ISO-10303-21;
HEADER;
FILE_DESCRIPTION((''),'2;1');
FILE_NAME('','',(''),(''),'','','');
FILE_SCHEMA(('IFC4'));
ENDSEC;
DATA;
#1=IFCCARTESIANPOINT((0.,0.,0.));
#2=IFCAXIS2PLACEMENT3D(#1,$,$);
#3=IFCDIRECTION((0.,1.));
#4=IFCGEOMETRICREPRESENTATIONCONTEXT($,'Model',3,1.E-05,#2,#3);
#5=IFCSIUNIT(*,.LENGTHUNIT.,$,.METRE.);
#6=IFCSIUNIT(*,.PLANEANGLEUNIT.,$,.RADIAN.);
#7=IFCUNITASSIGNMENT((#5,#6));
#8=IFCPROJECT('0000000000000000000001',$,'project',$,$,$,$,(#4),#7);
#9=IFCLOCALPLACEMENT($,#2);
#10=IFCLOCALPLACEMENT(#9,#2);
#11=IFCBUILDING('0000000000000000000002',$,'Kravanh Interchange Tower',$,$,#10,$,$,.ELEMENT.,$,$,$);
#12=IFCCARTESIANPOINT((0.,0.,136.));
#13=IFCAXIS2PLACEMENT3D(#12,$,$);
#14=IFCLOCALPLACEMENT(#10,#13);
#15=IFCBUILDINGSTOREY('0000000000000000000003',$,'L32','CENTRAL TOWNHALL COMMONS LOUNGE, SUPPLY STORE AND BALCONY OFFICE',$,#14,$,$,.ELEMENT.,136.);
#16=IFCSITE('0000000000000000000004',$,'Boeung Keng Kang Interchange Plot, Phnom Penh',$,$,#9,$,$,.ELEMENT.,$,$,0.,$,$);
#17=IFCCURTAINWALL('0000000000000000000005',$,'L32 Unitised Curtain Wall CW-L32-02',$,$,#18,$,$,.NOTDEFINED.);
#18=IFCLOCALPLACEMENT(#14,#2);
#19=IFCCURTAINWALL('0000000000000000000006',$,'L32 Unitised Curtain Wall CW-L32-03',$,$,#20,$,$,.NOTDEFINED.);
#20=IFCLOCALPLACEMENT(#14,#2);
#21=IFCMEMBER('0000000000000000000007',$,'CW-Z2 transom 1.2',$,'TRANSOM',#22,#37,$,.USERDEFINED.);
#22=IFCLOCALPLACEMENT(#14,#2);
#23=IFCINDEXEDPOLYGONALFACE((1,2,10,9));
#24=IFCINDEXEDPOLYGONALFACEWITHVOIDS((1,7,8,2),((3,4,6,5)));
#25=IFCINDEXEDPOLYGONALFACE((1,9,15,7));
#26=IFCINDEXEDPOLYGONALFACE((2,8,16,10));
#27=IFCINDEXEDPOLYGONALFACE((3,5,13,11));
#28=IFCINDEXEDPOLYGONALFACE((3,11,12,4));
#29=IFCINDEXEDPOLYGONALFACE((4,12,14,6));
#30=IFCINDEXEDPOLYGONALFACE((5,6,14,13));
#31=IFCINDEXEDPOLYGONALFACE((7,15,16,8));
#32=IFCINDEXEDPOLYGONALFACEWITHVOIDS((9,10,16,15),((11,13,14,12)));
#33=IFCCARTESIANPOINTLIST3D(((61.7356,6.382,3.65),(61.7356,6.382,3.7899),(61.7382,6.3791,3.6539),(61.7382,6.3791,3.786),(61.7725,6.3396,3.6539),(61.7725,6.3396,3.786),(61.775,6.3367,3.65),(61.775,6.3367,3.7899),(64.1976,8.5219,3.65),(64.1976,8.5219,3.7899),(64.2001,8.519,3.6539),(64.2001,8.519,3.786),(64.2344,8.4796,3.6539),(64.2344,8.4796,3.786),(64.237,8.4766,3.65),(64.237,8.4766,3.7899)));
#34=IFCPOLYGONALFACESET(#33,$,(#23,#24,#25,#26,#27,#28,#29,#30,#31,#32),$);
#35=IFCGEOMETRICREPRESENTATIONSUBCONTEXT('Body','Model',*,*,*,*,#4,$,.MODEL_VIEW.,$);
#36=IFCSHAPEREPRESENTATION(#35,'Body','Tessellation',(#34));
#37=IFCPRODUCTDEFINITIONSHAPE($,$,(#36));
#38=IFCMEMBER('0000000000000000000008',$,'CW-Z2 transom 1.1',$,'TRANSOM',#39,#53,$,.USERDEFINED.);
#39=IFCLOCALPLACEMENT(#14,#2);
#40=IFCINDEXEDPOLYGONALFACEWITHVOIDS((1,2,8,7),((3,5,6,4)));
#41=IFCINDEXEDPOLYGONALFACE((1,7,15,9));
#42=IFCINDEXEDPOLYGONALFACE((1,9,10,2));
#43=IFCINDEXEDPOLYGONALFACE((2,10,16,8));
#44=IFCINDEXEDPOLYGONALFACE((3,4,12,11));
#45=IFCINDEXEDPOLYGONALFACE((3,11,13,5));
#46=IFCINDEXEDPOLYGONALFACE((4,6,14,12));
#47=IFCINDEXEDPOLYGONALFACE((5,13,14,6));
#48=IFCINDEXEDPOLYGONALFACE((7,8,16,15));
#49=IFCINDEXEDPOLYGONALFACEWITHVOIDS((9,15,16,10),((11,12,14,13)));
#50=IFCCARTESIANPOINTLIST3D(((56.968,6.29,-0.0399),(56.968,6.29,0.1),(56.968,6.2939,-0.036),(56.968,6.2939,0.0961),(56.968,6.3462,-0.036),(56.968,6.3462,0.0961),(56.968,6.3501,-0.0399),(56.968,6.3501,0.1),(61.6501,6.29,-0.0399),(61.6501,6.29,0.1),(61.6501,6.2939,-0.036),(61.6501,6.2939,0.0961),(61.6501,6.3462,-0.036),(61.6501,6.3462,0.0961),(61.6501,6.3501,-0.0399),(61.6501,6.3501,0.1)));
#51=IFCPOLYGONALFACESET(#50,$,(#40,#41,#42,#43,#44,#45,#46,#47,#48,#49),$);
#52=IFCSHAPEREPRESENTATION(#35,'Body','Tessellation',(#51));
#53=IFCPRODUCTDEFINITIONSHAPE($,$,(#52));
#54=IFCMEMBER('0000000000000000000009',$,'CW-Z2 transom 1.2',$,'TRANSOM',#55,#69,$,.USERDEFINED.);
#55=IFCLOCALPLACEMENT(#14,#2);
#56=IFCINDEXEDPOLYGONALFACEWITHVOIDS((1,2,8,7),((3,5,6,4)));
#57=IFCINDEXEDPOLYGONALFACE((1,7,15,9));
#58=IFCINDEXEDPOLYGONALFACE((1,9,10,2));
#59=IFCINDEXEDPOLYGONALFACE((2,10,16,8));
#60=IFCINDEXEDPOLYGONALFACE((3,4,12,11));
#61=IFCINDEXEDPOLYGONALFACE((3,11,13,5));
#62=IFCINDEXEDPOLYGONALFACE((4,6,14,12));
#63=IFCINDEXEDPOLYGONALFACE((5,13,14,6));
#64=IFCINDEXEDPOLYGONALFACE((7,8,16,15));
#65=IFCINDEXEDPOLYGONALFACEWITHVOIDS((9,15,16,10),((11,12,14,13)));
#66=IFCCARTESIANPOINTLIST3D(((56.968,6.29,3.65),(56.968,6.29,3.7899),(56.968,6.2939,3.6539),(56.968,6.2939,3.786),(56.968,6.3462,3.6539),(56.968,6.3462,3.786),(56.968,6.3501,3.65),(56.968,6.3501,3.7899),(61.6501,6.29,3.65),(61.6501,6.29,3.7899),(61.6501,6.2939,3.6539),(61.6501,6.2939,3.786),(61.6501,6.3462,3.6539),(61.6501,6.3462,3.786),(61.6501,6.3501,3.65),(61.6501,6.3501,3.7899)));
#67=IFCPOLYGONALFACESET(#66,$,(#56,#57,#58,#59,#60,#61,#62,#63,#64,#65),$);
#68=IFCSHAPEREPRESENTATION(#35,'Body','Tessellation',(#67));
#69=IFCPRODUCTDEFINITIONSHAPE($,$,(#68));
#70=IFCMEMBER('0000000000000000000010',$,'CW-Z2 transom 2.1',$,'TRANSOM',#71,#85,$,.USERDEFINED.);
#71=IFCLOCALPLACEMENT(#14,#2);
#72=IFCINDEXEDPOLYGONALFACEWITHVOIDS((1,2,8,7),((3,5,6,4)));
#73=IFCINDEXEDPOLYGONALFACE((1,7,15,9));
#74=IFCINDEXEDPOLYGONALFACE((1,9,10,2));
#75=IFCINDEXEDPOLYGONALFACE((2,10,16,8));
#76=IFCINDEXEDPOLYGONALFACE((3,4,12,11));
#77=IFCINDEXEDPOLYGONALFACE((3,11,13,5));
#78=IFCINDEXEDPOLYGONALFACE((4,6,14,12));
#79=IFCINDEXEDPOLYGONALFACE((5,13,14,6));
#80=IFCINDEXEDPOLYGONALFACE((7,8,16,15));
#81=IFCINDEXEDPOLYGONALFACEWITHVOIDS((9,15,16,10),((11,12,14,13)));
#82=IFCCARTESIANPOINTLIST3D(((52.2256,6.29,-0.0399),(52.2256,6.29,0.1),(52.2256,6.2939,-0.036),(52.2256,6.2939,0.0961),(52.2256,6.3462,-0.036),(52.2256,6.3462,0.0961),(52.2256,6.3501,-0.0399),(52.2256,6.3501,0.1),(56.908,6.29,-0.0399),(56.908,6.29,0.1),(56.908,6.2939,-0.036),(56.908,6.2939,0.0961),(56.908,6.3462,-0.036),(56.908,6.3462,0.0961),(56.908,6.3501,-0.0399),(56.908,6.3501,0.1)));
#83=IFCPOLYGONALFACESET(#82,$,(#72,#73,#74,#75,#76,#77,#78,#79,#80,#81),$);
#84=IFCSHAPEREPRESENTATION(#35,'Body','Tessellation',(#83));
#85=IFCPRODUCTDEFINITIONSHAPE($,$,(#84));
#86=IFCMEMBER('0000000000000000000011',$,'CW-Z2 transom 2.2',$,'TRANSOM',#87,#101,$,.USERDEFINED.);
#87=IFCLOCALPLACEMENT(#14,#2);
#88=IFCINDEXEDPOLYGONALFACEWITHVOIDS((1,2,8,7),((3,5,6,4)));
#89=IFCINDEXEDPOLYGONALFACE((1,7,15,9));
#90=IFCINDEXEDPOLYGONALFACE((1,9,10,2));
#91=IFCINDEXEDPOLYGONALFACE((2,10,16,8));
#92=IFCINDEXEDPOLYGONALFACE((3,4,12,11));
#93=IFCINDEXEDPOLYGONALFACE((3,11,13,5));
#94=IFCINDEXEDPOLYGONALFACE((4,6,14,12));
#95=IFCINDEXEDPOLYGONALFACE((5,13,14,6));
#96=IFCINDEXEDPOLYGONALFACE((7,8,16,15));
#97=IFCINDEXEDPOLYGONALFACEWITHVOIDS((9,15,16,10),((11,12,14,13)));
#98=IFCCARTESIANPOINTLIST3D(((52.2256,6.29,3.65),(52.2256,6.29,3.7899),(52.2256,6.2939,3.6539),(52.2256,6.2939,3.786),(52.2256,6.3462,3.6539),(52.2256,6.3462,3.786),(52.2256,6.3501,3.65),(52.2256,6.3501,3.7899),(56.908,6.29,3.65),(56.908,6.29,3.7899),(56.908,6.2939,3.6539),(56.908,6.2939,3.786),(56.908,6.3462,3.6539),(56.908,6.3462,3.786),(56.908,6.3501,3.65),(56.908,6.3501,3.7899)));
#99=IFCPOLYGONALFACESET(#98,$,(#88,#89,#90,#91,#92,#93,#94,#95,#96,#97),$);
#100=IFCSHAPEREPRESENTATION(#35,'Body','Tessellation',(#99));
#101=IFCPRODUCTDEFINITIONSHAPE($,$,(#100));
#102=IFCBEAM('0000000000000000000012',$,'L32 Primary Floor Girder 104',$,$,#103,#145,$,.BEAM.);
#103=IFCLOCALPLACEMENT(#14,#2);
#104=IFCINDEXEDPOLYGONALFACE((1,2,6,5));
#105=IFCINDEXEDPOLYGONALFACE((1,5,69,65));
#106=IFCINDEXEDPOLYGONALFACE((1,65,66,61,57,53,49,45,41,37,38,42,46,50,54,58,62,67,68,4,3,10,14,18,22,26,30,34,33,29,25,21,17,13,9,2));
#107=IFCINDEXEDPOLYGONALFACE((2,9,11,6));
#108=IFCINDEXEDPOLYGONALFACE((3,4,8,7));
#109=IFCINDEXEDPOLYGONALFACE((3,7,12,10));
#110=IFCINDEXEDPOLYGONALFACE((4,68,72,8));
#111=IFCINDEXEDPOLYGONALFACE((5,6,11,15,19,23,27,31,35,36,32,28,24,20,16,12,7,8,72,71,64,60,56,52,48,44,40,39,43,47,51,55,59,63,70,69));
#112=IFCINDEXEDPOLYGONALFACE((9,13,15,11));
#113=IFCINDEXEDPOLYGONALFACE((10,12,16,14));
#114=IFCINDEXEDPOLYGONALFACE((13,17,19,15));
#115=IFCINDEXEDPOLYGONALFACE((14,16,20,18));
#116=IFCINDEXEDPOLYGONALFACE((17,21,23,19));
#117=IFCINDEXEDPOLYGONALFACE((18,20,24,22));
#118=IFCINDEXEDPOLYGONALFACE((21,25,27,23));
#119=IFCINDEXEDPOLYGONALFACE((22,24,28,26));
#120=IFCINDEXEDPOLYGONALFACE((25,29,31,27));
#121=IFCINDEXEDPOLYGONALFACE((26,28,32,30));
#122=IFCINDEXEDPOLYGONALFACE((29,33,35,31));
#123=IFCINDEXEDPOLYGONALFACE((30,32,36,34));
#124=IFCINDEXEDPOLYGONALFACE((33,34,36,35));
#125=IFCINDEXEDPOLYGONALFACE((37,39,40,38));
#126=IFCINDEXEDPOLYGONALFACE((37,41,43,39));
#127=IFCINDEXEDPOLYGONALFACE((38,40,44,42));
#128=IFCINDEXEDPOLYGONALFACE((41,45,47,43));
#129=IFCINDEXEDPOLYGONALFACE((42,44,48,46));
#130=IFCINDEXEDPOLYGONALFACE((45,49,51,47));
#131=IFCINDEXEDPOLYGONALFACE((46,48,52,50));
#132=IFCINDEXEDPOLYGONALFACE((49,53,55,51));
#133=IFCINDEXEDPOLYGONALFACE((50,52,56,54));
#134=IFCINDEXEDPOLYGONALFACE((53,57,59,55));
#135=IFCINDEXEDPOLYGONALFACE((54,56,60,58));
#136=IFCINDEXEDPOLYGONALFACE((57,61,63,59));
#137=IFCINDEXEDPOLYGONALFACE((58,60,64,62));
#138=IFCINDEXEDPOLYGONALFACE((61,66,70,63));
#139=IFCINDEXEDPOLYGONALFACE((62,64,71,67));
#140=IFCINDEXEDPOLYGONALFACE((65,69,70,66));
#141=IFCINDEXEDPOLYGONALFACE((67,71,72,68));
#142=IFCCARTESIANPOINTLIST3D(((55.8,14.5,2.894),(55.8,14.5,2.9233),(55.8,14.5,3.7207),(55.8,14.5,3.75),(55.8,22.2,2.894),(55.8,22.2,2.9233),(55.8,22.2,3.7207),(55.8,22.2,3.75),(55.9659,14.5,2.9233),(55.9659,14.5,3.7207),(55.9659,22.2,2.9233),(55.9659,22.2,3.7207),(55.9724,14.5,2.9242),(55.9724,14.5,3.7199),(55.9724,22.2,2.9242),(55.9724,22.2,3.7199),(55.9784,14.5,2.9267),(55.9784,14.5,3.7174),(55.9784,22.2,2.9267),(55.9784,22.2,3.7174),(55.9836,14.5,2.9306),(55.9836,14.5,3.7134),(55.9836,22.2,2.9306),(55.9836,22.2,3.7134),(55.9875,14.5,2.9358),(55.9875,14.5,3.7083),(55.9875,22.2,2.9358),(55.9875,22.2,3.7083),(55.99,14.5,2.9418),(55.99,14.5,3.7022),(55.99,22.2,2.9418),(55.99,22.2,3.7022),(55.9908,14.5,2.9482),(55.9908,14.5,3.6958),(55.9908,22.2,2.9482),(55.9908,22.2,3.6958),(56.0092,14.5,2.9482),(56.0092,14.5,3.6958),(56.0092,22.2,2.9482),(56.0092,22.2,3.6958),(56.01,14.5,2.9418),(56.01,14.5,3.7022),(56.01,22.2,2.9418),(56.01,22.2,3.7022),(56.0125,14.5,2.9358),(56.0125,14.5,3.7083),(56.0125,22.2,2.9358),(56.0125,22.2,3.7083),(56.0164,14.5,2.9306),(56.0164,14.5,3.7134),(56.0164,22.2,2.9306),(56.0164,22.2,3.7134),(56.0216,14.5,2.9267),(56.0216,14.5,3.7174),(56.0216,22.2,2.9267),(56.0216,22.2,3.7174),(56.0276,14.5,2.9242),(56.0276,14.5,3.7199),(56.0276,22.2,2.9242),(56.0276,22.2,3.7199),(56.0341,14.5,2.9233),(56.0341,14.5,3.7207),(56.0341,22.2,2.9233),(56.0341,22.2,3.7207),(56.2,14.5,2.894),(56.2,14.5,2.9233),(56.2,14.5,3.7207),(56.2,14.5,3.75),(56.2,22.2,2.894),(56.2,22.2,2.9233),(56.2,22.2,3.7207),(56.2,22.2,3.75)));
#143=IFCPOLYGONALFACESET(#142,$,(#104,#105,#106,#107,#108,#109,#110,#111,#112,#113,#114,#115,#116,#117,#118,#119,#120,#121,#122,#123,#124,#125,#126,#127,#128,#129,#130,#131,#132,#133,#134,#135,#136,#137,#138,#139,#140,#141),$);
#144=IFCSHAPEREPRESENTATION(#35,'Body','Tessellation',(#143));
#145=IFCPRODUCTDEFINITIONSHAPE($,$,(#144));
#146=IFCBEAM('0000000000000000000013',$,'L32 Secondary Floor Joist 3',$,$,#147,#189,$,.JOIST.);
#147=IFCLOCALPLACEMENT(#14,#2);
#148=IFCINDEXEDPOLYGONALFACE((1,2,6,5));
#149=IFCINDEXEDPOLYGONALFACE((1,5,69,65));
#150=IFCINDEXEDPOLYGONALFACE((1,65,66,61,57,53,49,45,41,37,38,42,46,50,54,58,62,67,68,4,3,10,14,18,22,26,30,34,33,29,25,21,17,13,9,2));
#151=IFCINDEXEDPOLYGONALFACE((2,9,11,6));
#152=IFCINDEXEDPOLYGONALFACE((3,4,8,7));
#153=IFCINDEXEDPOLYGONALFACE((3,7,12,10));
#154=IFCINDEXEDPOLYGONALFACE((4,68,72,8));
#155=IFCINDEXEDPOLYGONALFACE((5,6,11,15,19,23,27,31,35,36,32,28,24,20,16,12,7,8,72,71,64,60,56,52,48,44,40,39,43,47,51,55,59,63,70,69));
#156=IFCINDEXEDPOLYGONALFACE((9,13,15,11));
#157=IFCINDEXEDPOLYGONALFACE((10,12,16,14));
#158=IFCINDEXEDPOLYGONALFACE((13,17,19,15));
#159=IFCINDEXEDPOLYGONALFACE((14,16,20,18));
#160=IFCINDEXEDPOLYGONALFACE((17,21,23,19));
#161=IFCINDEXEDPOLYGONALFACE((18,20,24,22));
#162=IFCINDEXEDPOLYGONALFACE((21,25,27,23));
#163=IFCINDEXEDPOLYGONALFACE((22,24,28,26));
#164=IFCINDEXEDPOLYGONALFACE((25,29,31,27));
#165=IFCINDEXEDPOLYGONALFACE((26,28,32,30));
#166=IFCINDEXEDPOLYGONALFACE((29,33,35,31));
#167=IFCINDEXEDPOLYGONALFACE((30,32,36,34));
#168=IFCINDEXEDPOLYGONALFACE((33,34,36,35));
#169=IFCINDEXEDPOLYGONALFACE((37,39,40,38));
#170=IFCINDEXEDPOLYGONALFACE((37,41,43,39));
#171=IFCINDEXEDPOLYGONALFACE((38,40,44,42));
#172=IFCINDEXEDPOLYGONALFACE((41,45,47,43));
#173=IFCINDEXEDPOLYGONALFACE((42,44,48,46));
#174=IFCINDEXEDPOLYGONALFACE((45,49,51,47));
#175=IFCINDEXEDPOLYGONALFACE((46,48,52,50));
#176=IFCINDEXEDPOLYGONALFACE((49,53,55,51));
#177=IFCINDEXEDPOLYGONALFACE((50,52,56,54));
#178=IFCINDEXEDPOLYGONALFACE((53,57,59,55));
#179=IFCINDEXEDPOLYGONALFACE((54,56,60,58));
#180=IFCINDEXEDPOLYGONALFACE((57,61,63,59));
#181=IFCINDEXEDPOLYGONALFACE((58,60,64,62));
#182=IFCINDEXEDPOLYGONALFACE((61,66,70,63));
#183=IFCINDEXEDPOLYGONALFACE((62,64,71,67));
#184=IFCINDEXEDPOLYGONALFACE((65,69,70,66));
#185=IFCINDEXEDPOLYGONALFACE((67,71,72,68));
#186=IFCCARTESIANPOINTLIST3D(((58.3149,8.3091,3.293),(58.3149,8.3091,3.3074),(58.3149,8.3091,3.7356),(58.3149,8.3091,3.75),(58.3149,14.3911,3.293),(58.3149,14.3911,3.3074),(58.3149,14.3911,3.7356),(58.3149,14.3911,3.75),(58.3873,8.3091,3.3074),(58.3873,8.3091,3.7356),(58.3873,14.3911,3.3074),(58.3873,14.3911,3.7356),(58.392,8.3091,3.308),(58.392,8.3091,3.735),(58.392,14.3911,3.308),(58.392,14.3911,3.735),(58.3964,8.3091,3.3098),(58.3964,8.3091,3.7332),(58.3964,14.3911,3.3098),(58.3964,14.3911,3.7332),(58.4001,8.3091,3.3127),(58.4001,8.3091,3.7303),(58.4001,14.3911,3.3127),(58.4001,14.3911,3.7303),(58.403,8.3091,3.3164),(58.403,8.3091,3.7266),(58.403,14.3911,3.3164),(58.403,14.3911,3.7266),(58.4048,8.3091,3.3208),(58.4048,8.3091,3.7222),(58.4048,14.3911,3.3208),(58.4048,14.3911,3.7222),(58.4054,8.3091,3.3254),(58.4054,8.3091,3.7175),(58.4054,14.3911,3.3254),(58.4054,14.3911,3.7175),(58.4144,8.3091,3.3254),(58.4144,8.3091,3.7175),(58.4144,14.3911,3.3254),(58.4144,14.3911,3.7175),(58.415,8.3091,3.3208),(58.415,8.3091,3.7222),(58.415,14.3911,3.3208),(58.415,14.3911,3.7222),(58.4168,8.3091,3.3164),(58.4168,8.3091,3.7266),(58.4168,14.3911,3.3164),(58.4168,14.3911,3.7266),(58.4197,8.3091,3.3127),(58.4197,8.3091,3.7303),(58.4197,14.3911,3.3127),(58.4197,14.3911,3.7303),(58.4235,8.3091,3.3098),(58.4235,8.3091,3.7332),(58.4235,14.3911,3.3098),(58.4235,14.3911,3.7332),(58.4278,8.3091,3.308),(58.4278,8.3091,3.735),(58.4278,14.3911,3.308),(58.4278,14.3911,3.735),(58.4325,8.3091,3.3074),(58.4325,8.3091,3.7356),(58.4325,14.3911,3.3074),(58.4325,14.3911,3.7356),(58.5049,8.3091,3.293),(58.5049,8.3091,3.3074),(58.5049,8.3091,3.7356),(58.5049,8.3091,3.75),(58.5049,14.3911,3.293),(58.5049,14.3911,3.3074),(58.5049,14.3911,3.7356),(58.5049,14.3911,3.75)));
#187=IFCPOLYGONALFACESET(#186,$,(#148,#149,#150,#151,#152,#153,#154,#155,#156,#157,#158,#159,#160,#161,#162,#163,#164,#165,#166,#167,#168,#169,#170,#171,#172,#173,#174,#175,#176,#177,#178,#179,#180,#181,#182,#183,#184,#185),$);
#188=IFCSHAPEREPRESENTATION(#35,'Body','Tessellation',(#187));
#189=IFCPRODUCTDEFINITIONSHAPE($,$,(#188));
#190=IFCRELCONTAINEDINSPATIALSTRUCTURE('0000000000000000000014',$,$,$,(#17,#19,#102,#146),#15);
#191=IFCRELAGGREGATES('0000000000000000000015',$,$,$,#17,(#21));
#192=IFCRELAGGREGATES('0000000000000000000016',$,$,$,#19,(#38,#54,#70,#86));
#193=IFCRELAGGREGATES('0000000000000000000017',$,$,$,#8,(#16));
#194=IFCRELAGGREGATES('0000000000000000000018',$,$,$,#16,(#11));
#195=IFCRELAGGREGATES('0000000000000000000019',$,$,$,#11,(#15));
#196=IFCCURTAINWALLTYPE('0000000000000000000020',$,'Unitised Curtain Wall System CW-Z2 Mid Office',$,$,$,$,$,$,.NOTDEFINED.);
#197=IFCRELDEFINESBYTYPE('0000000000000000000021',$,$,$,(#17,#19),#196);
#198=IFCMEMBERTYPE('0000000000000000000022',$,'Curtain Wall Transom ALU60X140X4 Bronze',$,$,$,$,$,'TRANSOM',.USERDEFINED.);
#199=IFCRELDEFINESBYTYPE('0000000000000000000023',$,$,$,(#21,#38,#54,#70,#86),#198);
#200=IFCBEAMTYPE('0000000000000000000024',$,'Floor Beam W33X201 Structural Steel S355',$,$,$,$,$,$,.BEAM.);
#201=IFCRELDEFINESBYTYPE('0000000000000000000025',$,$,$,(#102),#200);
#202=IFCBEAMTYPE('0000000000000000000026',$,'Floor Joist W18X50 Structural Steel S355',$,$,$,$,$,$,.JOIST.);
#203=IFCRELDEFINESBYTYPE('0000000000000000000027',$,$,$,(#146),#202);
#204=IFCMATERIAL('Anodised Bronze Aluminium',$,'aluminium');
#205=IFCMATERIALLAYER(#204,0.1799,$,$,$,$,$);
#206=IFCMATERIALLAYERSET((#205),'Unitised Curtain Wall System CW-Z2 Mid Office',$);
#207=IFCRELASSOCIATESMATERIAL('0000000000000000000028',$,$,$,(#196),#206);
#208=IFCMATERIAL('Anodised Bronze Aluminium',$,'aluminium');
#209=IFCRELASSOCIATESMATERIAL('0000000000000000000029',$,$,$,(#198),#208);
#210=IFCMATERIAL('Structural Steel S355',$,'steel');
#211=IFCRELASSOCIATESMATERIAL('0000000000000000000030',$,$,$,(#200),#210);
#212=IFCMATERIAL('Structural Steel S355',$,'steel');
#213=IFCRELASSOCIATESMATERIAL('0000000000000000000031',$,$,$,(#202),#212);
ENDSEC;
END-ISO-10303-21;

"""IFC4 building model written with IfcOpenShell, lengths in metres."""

from ifc_helpers import new_model, si_unit, direction, frame, origin, origin_2d, place, context, subcontext, project, spatial, hollow_rectangle, i_section, extrude, material, layer, layer_set, material_profile, profile_set, type_object, element, aggregate, save


model = new_model("IFC4")

# Units and contexts
model_context = context("Model", 3, precision=1e-05, world=origin(), true_north=direction((0.0, 1.0)))
body_context = subcontext(model_context, "Body", "Model", "MODEL_VIEW")
ifc_project = project(units=[si_unit("LENGTHUNIT", "METRE"), si_unit("PLANEANGLEUNIT", "RADIAN")], contexts=[model_context])

# Site, building, storey
site_placement = place(None, origin())
site = spatial("IfcSite", under=ifc_project, at=site_placement, Name="Boeung Keng Kang Interchange Plot, Phnom Penh", CompositionType="ELEMENT", RefElevation=0.0)
building_placement = place(site_placement, origin())
building = spatial("IfcBuilding", under=site, at=building_placement, Name="Kravanh Interchange Tower", CompositionType="ELEMENT")
storey_placement = place(building_placement, frame((0.0, 0.0, 136.0)))
storey = spatial("IfcBuildingStorey", under=building, at=storey_placement, Name="L32", Description="CENTRAL TOWNHALL COMMONS LOUNGE, SUPPLY STORE AND BALCONY OFFICE", CompositionType="ELEMENT", Elevation=136.0)

# Curtain walls
ifc_material_1 = material(Name="Anodised Bronze Aluminium", Category="aluminium")
ifc_layer_1 = layer(ifc_material_1, 0.1799)
ifc_layer_set_1 = layer_set([ifc_layer_1], Name="Unitised Curtain Wall System CW-Z2 Mid Office")
curtain_wall_type = type_object("IfcCurtainWallType", Name="Unitised Curtain Wall System CW-Z2 Mid Office", PredefinedType="NOTDEFINED", material=ifc_layer_set_1)
curtain_wall_1_placement = place(storey_placement, origin())
curtain_wall_1 = element("IfcCurtainWall", 1, at=curtain_wall_1_placement, inside=storey, type_object=curtain_wall_type, Name="L32 Unitised Curtain Wall CW-L32-02", PredefinedType="NOTDEFINED")
curtain_wall_2_placement = place(storey_placement, origin())
curtain_wall_2 = element("IfcCurtainWall", 2, at=curtain_wall_2_placement, inside=storey, type_object=curtain_wall_type, Name="L32 Unitised Curtain Wall CW-L32-03", PredefinedType="NOTDEFINED")

# Members
ifc_material_2 = material(Name="Anodised Bronze Aluminium", Category="aluminium")
ifc_material_profile_1 = material_profile(ifc_material_2, hollow_rectangle(XDim=0.0601, YDim=0.1399, WallThickness=0.0039, at=origin_2d()), Name="ALU60X140X4")
ifc_profile_set_1 = profile_set([ifc_material_profile_1], Name="Anodised Bronze Aluminium")
member_type_1 = type_object("IfcMemberType", Name="Curtain Wall Transom ALU60X140X4 Bronze", ElementType="TRANSOM", PredefinedType="USERDEFINED", material=ifc_profile_set_1)
member_1_placement = place(storey_placement, frame((64.2173, 8.4993, 3.72), z_axis=(-0.754742, -0.656021, 0.0), x_axis=(0.656021, -0.754742, 0.0)))
member_1 = element("IfcMember", 3, at=member_1_placement, type_object=member_type_1, Name="CW-Z2 transom 1.2", ObjectType="TRANSOM", PredefinedType="USERDEFINED", context=body_context, shape_type="SweptSolid", body=[
    extrude(hollow_rectangle(XDim=0.0601, YDim=0.1399, WallThickness=0.0039, at=origin_2d()), origin(), (0.0, 0.0, 1.0), 3.262),
])
member_2_placement = place(storey_placement, frame((61.6501, 6.3201, 0.03), z_axis=(-1.0, 0.0, 0.0), x_axis=(0.0, -1.0, 0.0)))
member_2 = element("IfcMember", 4, at=member_2_placement, type_object=member_type_1, Name="CW-Z2 transom 1.1", ObjectType="TRANSOM", PredefinedType="USERDEFINED", context=body_context, shape_type="SweptSolid", body=[
    extrude(hollow_rectangle(XDim=0.0601, YDim=0.1399, WallThickness=0.0039, at=origin_2d()), origin(), (0.0, 0.0, 1.0), 4.6821),
])
member_3_placement = place(storey_placement, frame((61.6501, 6.3201, 3.72), z_axis=(-1.0, 0.0, 0.0), x_axis=(0.0, -1.0, 0.0)))
member_3 = element("IfcMember", 5, at=member_3_placement, type_object=member_type_1, Name="CW-Z2 transom 1.2", ObjectType="TRANSOM", PredefinedType="USERDEFINED", context=body_context, shape_type="SweptSolid", body=[
    extrude(hollow_rectangle(XDim=0.0601, YDim=0.1399, WallThickness=0.0039, at=origin_2d()), origin(), (0.0, 0.0, 1.0), 4.6821),
])
member_4_placement = place(storey_placement, frame((56.908, 6.3201, 0.03), z_axis=(-1.0, 0.0, 0.0), x_axis=(0.0, -1.0, 0.0)))
member_4 = element("IfcMember", 6, at=member_4_placement, type_object=member_type_1, Name="CW-Z2 transom 2.1", ObjectType="TRANSOM", PredefinedType="USERDEFINED", context=body_context, shape_type="SweptSolid", body=[
    extrude(hollow_rectangle(XDim=0.0601, YDim=0.1399, WallThickness=0.0039, at=origin_2d()), origin(), (0.0, 0.0, 1.0), 4.6824),
])
member_5_placement = place(storey_placement, frame((56.908, 6.3201, 3.72), z_axis=(-1.0, 0.0, 0.0), x_axis=(0.0, -1.0, 0.0)))
member_5 = element("IfcMember", 7, at=member_5_placement, type_object=member_type_1, Name="CW-Z2 transom 2.2", ObjectType="TRANSOM", PredefinedType="USERDEFINED", context=body_context, shape_type="SweptSolid", body=[
    extrude(hollow_rectangle(XDim=0.0601, YDim=0.1399, WallThickness=0.0039, at=origin_2d()), origin(), (0.0, 0.0, 1.0), 4.6824),
])

# Beams
ifc_material_3 = material(Name="Structural Steel S355", Category="steel")
ifc_material_profile_2 = material_profile(ifc_material_3, i_section(OverallWidth=0.3999, OverallDepth=0.856, WebThickness=0.0183, FlangeThickness=0.0293, FilletRadius=0.0249, at=origin_2d()), Name="W33X201")
ifc_profile_set_2 = profile_set([ifc_material_profile_2], Name="Structural Steel S355")
beam_type_1 = type_object("IfcBeamType", Name="Floor Beam W33X201 Structural Steel S355", PredefinedType="BEAM", material=ifc_profile_set_2)
beam_1_placement = place(storey_placement, frame((56.0, 14.5, 3.322), z_axis=(0.0, 1.0, 0.0), x_axis=(-1.0, 0.0, 0.0)))
element("IfcBeam", 8, at=beam_1_placement, inside=storey, type_object=beam_type_1, Name="L32 Primary Floor Girder 104", PredefinedType="BEAM", context=body_context, shape_type="SweptSolid", body=[
    extrude(i_section(OverallWidth=0.3999, OverallDepth=0.856, WebThickness=0.0183, FlangeThickness=0.0293, FilletRadius=0.0249, at=origin_2d()), origin(), (0.0, 0.0, 1.0), 7.7),
])
ifc_material_4 = material(Name="Structural Steel S355", Category="steel")
ifc_material_profile_3 = material_profile(ifc_material_4, i_section(OverallWidth=0.1899, OverallDepth=0.457, WebThickness=0.009, FlangeThickness=0.0144, FilletRadius=0.0181, at=origin_2d()), Name="W18X50")
ifc_profile_set_3 = profile_set([ifc_material_profile_3], Name="Structural Steel S355")
beam_type_2 = type_object("IfcBeamType", Name="Floor Joist W18X50 Structural Steel S355", PredefinedType="JOIST", material=ifc_profile_set_3)
for number, where, z_axis, x_axis, name in (
    (9, (58.4099, 8.3091, 3.5215), (0.0, 1.0, 0.0), (-1.0, 0.0, 0.0), "L32 Secondary Floor Joist 3"),
):
    element("IfcBeam", number, at=place(storey_placement, frame(where, z_axis=z_axis, x_axis=x_axis)), inside=storey, type_object=beam_type_2, Name=name, PredefinedType="JOIST", context=body_context, shape_type="SweptSolid", body=[
        extrude(i_section(OverallWidth=0.1899, OverallDepth=0.457, WebThickness=0.009, FlangeThickness=0.0144, FilletRadius=0.0181, at=origin_2d()), origin(), (0.0, 0.0, 1.0), 6.082),
    ])

aggregate(curtain_wall_1, [member_1])
aggregate(curtain_wall_2, [member_2, member_3, member_4, member_5])

save(model, "model.ifc")
